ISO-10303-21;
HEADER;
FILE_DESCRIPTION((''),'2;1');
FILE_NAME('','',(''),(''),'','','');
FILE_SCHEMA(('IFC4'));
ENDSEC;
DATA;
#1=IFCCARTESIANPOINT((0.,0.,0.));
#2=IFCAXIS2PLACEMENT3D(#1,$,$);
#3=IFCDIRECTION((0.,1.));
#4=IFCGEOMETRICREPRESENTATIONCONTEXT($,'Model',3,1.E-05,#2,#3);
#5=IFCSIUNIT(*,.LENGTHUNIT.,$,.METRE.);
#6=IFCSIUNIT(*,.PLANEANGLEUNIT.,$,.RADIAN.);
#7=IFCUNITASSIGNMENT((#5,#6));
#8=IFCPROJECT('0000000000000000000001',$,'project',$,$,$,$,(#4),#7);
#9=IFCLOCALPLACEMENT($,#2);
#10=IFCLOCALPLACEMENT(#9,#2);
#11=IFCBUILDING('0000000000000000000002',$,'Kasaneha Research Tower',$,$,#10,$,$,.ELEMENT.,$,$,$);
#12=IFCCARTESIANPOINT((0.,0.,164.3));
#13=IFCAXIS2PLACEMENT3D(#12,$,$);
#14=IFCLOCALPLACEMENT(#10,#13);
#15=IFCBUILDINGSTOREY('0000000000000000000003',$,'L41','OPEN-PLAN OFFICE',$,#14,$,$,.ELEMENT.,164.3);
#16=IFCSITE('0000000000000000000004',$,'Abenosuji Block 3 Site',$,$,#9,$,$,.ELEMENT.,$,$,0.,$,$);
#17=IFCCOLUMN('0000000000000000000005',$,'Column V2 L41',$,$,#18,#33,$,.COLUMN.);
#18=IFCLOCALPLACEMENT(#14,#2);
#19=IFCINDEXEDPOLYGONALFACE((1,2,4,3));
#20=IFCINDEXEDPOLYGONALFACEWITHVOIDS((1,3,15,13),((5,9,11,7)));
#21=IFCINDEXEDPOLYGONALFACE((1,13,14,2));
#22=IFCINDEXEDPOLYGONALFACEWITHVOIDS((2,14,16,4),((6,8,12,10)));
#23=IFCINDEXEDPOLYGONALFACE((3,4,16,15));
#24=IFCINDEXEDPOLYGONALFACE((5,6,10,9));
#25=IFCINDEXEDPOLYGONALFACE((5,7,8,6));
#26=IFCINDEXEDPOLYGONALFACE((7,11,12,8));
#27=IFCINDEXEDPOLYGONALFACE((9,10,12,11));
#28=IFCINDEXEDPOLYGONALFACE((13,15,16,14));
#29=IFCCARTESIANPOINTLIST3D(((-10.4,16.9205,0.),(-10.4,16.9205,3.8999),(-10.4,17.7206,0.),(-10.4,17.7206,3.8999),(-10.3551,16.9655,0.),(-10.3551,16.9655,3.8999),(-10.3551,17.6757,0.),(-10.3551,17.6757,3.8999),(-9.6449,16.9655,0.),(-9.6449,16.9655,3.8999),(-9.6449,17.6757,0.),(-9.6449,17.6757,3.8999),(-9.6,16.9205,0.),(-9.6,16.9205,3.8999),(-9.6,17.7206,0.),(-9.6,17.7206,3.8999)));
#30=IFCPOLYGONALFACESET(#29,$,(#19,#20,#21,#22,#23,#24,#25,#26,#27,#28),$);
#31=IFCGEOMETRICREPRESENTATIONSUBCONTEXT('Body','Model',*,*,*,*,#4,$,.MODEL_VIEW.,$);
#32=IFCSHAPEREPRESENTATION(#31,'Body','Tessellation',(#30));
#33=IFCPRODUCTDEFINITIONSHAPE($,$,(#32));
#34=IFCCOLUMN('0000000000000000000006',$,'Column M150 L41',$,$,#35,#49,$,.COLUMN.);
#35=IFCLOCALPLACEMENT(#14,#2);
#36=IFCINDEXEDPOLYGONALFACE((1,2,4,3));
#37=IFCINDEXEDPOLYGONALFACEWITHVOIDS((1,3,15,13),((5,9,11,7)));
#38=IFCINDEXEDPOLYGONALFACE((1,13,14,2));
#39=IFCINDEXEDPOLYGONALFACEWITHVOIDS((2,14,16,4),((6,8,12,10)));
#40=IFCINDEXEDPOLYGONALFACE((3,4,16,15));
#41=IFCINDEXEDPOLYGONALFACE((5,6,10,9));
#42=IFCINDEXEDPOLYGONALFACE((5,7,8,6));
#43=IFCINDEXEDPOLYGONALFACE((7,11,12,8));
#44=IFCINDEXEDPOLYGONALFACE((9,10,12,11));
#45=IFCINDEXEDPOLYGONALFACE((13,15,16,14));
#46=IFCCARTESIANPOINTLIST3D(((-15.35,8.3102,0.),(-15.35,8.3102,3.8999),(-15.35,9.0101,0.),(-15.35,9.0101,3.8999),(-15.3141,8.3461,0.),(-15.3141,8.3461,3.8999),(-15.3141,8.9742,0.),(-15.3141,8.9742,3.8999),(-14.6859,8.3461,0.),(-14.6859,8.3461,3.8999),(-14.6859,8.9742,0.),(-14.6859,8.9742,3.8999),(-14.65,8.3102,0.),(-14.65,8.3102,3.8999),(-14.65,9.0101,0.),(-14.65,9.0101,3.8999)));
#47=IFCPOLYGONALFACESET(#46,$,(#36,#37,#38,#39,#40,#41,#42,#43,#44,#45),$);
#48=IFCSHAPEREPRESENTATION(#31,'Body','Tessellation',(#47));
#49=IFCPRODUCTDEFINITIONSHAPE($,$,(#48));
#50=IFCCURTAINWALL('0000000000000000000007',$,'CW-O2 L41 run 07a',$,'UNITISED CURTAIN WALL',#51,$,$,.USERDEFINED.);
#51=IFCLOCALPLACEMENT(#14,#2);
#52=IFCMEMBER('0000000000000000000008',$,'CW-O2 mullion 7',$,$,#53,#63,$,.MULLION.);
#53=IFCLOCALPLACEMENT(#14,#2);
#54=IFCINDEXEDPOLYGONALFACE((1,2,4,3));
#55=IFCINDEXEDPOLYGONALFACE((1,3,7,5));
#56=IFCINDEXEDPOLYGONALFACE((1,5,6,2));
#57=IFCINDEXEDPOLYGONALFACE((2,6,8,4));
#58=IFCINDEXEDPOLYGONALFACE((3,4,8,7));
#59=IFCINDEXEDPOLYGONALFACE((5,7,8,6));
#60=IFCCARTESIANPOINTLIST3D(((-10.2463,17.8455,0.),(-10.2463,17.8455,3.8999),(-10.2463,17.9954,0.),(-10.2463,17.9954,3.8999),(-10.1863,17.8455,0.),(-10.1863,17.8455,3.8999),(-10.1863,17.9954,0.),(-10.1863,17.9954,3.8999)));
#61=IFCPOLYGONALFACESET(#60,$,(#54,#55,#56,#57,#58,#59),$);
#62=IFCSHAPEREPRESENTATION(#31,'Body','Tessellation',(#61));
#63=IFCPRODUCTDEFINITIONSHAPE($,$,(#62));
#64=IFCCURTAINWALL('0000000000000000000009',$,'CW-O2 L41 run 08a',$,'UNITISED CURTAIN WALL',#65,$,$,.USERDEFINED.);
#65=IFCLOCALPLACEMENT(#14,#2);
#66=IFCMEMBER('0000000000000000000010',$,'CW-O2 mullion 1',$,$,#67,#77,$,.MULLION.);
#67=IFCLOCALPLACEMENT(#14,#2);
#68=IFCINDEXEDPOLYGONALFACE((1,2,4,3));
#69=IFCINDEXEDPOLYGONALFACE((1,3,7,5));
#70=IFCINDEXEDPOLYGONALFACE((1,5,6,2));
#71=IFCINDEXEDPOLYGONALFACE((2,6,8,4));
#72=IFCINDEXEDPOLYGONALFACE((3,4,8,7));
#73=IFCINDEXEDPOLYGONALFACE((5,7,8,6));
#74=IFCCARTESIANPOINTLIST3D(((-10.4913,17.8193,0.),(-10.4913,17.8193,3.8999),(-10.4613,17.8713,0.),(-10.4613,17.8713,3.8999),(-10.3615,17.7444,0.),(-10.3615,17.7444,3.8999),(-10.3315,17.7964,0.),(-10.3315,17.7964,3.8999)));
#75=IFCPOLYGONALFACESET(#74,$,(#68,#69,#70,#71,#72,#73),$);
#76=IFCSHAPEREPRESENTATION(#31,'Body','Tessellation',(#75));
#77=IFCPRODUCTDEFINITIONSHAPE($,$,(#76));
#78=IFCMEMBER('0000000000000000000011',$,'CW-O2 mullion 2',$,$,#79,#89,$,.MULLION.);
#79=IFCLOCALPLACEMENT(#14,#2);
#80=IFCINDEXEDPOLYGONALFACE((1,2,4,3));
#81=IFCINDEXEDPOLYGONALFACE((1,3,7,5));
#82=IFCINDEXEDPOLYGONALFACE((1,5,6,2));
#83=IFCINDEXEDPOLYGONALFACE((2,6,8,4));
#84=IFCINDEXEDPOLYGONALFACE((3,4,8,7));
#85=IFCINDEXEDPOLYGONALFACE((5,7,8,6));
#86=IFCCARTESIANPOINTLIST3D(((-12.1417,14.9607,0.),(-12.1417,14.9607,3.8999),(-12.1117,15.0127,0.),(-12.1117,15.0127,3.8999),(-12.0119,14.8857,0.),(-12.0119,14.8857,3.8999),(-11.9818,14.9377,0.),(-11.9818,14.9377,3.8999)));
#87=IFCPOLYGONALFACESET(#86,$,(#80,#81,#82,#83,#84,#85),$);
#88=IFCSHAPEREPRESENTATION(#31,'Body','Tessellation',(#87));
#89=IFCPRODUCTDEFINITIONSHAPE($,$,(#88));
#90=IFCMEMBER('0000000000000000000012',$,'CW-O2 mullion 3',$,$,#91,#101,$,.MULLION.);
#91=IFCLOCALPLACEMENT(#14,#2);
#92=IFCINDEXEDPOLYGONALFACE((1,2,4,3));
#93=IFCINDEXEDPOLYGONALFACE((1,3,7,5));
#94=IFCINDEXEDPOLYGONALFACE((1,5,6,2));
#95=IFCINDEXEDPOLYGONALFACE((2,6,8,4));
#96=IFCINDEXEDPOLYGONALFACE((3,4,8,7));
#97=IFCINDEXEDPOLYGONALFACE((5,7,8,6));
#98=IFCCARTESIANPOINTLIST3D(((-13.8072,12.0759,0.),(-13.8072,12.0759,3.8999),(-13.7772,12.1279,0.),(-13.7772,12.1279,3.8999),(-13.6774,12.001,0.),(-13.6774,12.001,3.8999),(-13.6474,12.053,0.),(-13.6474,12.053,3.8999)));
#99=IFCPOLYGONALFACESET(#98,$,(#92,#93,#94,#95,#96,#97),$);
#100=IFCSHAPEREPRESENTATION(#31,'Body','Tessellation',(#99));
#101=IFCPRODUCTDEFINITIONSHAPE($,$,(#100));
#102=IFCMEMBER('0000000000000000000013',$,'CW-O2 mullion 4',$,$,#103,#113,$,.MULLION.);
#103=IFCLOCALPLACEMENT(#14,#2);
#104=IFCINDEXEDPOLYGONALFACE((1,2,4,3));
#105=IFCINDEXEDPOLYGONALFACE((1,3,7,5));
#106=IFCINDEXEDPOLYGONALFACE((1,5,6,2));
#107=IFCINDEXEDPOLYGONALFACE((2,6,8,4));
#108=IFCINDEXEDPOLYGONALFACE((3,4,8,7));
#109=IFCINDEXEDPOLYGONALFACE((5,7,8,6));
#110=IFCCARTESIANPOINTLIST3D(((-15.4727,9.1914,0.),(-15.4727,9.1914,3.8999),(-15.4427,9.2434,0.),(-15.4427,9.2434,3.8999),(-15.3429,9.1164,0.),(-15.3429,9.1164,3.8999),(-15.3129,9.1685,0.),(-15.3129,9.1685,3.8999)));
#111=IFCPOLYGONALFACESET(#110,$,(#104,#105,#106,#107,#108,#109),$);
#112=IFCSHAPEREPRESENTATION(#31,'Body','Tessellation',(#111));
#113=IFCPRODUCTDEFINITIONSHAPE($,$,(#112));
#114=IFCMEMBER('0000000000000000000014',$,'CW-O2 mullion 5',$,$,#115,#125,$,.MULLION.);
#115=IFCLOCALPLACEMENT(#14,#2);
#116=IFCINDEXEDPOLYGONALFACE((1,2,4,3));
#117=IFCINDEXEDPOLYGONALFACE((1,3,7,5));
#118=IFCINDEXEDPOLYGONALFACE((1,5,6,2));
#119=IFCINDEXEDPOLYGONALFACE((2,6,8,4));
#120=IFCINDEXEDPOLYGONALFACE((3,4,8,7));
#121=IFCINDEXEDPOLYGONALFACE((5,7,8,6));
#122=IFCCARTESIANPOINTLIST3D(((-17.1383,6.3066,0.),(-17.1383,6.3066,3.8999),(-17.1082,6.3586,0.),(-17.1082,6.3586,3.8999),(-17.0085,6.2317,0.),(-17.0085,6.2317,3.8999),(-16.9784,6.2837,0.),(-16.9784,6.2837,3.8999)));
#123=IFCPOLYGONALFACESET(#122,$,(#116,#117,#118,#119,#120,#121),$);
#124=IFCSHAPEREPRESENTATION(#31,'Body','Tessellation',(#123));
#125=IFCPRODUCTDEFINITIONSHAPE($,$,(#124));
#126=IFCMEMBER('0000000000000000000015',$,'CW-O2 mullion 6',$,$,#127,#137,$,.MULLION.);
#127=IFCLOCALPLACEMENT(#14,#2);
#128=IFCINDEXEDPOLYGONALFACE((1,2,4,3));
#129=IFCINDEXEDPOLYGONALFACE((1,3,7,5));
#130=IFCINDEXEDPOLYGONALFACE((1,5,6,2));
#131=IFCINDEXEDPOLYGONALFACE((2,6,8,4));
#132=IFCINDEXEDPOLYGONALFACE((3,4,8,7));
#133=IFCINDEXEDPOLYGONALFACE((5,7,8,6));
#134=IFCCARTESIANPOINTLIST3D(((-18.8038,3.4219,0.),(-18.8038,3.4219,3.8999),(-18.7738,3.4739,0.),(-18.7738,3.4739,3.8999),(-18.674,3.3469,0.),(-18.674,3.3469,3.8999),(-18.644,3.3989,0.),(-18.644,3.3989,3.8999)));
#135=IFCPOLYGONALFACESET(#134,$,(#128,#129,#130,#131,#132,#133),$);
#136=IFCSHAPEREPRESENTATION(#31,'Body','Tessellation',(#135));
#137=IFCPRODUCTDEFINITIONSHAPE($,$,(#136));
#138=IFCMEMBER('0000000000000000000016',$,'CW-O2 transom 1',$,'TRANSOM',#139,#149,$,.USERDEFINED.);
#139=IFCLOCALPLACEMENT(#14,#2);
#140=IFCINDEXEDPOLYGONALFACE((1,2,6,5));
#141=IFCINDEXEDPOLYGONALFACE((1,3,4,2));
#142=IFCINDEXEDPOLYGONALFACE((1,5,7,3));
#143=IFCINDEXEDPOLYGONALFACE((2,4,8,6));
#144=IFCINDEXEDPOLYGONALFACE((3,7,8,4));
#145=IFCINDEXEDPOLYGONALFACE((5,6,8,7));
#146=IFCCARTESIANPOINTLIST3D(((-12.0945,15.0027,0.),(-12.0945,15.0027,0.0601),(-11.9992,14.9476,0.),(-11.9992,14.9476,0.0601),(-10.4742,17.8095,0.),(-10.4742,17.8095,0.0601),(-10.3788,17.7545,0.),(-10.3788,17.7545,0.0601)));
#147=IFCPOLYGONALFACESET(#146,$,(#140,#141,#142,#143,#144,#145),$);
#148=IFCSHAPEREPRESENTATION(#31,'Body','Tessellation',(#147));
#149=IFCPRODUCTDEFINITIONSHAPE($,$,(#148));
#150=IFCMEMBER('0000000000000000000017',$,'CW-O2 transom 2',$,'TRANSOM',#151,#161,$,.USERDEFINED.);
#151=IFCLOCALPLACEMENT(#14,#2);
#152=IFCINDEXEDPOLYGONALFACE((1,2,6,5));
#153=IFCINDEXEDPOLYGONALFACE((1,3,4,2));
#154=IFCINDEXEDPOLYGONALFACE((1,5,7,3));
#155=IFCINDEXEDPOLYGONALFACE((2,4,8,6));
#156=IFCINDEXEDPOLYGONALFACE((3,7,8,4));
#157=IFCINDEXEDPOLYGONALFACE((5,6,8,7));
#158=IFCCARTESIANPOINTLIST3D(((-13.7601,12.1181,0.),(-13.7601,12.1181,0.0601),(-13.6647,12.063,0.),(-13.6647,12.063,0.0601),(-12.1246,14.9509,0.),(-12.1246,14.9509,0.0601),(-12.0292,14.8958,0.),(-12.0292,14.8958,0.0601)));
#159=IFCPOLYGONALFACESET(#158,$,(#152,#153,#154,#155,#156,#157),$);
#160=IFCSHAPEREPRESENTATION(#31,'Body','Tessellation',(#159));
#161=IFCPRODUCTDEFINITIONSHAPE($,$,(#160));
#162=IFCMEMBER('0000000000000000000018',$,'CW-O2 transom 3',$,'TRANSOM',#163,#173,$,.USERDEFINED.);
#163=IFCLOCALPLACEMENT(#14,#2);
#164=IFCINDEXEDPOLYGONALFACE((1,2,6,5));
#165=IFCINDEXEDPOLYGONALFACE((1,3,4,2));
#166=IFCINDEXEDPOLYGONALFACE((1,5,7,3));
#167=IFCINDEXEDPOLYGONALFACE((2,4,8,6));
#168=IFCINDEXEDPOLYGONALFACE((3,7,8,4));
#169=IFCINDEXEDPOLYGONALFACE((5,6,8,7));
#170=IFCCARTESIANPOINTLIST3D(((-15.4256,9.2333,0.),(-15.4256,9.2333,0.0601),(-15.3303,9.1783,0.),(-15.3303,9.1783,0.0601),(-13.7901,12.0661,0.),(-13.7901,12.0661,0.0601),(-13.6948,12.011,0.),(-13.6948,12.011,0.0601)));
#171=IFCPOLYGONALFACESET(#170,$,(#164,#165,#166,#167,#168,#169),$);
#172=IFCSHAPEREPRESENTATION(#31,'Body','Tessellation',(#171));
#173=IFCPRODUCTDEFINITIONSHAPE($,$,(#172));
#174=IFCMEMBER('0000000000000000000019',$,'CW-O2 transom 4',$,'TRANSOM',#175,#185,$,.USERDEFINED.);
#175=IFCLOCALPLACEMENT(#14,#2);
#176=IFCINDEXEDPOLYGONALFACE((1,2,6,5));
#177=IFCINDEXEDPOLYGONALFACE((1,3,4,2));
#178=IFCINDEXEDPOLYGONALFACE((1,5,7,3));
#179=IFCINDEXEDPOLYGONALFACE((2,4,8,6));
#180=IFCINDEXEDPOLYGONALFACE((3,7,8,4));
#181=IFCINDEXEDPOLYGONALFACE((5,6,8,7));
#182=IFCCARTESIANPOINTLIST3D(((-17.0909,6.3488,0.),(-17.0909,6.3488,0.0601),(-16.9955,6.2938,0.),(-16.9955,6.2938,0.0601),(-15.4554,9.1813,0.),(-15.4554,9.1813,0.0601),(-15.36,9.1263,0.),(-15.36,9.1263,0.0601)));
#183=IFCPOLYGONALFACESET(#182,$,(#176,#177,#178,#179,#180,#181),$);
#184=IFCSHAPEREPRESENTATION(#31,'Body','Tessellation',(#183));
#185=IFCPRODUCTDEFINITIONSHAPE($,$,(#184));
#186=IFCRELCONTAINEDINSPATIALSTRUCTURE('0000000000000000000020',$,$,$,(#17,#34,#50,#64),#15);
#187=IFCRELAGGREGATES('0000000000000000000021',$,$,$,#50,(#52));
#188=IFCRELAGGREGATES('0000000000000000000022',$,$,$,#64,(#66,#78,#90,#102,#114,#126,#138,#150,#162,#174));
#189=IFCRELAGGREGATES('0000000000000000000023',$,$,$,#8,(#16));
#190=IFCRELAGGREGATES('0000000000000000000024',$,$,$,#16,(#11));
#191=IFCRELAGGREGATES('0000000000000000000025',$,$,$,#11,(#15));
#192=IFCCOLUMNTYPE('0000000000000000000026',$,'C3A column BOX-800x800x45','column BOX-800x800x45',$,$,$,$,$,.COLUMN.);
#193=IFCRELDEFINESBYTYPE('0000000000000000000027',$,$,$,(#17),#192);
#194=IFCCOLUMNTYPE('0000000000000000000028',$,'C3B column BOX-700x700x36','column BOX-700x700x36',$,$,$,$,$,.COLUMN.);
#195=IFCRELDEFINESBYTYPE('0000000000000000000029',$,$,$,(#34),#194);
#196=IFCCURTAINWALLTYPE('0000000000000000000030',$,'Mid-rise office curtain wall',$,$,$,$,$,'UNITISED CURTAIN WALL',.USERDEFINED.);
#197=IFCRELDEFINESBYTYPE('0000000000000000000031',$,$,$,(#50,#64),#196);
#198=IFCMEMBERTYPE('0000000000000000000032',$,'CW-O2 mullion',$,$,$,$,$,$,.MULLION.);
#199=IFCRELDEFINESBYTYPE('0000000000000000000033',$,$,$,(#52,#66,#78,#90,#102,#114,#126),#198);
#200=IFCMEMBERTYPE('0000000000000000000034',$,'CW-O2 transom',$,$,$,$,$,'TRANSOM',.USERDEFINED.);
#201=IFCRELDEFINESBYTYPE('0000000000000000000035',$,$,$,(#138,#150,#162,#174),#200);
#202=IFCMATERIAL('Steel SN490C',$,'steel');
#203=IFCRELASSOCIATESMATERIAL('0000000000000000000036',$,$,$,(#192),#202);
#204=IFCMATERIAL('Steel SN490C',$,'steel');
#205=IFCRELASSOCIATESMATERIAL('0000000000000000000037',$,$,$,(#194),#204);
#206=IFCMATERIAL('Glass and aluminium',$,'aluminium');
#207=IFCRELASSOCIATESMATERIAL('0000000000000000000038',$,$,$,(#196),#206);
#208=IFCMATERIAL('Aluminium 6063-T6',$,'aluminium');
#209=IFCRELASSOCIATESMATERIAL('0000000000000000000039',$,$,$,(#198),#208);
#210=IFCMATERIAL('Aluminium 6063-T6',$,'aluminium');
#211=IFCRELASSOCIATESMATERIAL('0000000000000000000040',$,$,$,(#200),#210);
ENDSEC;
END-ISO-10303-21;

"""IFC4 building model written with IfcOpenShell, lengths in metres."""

from ifc_helpers import new_model, si_unit, direction, frame, origin, origin_2d, place, context, subcontext, project, spatial, rectangle, hollow_rectangle, extrude, material, material_profile, profile_set, type_object, element, aggregate, save


model = new_model("IFC4")

# Units and contexts
model_context = context("Model", 3, precision=1e-05, world=origin(), true_north=direction((0.0, 1.0)))
body_context = subcontext(model_context, "Body", "Model", "MODEL_VIEW")
ifc_project = project(units=[si_unit("LENGTHUNIT", "METRE"), si_unit("PLANEANGLEUNIT", "RADIAN")], contexts=[model_context])

# Site, building, storey
site_placement = place(None, origin())
site = spatial("IfcSite", under=ifc_project, at=site_placement, Name="Abenosuji Block 3 Site", CompositionType="ELEMENT", RefElevation=0.0)
building_placement = place(site_placement, origin())
building = spatial("IfcBuilding", under=site, at=building_placement, Name="Kasaneha Research Tower", CompositionType="ELEMENT")
storey_placement = place(building_placement, frame((0.0, 0.0, 164.3)))
storey = spatial("IfcBuildingStorey", under=building, at=storey_placement, Name="L41", Description="OPEN-PLAN OFFICE", CompositionType="ELEMENT", Elevation=164.3)

# Columns
ifc_material_1 = material(Name="Steel SN490C", Category="steel")
ifc_material_profile_1 = material_profile(ifc_material_1, hollow_rectangle(XDim=0.8, YDim=0.8, WallThickness=0.0449, at=origin_2d()), Name="BOX-800x800x45")
ifc_profile_set_1 = profile_set([ifc_material_profile_1], Name="Steel SN490C")
column_type_1 = type_object("IfcColumnType", Name="C3A column BOX-800x800x45", Description="column BOX-800x800x45", PredefinedType="COLUMN", material=ifc_profile_set_1)
column_1_placement = place(storey_placement, frame((-10.0, 17.3206, 0.0), z_axis=(0.0, 0.0, 1.0), x_axis=(1.0, 0.0, 0.0)))
element("IfcColumn", 1, at=column_1_placement, inside=storey, type_object=column_type_1, Name="Column V2 L41", PredefinedType="COLUMN", context=body_context, shape_type="SweptSolid", body=[
    extrude(hollow_rectangle(XDim=0.8, YDim=0.8, WallThickness=0.0449, at=origin_2d()), origin(), (0.0, 0.0, 1.0), 3.8999),
])
ifc_material_2 = material(Name="Steel SN490C", Category="steel")
ifc_material_profile_2 = material_profile(ifc_material_2, hollow_rectangle(XDim=0.7, YDim=0.7, WallThickness=0.0359, at=origin_2d()), Name="BOX-700x700x36")
ifc_profile_set_2 = profile_set([ifc_material_profile_2], Name="Steel SN490C")
column_type_2 = type_object("IfcColumnType", Name="C3B column BOX-700x700x36", Description="column BOX-700x700x36", PredefinedType="COLUMN", material=ifc_profile_set_2)
column_2_placement = place(storey_placement, frame((-15.0, 8.6602, 0.0), z_axis=(0.0, 0.0, 1.0), x_axis=(1.0, 0.0, 0.0)))
element("IfcColumn", 2, at=column_2_placement, inside=storey, type_object=column_type_2, Name="Column M150 L41", PredefinedType="COLUMN", context=body_context, shape_type="SweptSolid", body=[
    extrude(hollow_rectangle(XDim=0.7, YDim=0.7, WallThickness=0.0359, at=origin_2d()), origin(), (0.0, 0.0, 1.0), 3.8999),
])

# Curtain wall, member
ifc_material_3 = material(Name="Glass and aluminium", Category="aluminium")
curtain_wall_type = type_object("IfcCurtainWallType", Name="Mid-rise office curtain wall", ElementType="UNITISED CURTAIN WALL", PredefinedType="USERDEFINED", material=ifc_material_3)
curtain_wall_1_placement = place(storey_placement, origin())
curtain_wall_1 = element("IfcCurtainWall", 3, at=curtain_wall_1_placement, inside=storey, type_object=curtain_wall_type, Name="CW-O2 L41 run 07a", ObjectType="UNITISED CURTAIN WALL", PredefinedType="USERDEFINED")
ifc_material_4 = material(Name="Aluminium 6063-T6", Category="aluminium")
ifc_material_profile_3 = material_profile(ifc_material_4, rectangle(XDim=0.0601, YDim=0.1499, at=origin_2d()), Name="CW-O2 mullion 60x150")
ifc_profile_set_3 = profile_set([ifc_material_profile_3], Name="Aluminium 6063-T6")
member_type_1 = type_object("IfcMemberType", Name="CW-O2 mullion", PredefinedType="MULLION", material=ifc_profile_set_3)
member_1_placement = place(storey_placement, frame((-10.2163, 17.9204, 0.0), z_axis=(0.0, 0.0, 1.0), x_axis=(-1.0, 0.0, 0.0)))
member_1 = element("IfcMember", 4, at=member_1_placement, type_object=member_type_1, Name="CW-O2 mullion 7", PredefinedType="MULLION", context=body_context, shape_type="SweptSolid", body=[
    extrude(rectangle(XDim=0.0601, YDim=0.1499, at=origin_2d()), origin(), (0.0, 0.0, 1.0), 3.8999),
])
aggregate(curtain_wall_1, [member_1])

# Curtain wall, members
curtain_wall_2_placement = place(storey_placement, origin())
curtain_wall_2 = element("IfcCurtainWall", 5, at=curtain_wall_2_placement, inside=storey, type_object=curtain_wall_type, Name="CW-O2 L41 run 08a", ObjectType="UNITISED CURTAIN WALL", PredefinedType="USERDEFINED")
member_2_placement = place(storey_placement, frame((-10.4114, 17.8079, 0.0), z_axis=(0.0, 0.0, 1.0), x_axis=(-0.5, -0.866025, 0.0)))
member_2 = element("IfcMember", 6, at=member_2_placement, type_object=member_type_1, Name="CW-O2 mullion 1", PredefinedType="MULLION", context=body_context, shape_type="SweptSolid", body=[
    extrude(rectangle(XDim=0.0601, YDim=0.1499, at=origin_2d()), origin(), (0.0, 0.0, 1.0), 3.8999),
])
member_3_placement = place(storey_placement, frame((-12.0618, 14.9492, 0.0), z_axis=(0.0, 0.0, 1.0), x_axis=(-0.5, -0.866025, 0.0)))
member_3 = element("IfcMember", 7, at=member_3_placement, type_object=member_type_1, Name="CW-O2 mullion 2", PredefinedType="MULLION", context=body_context, shape_type="SweptSolid", body=[
    extrude(rectangle(XDim=0.0601, YDim=0.1499, at=origin_2d()), origin(), (0.0, 0.0, 1.0), 3.8999),
])
member_4_placement = place(storey_placement, frame((-13.7273, 12.0645, 0.0), z_axis=(0.0, 0.0, 1.0), x_axis=(-0.5, -0.866025, 0.0)))
member_4 = element("IfcMember", 8, at=member_4_placement, type_object=member_type_1, Name="CW-O2 mullion 3", PredefinedType="MULLION", context=body_context, shape_type="SweptSolid", body=[
    extrude(rectangle(XDim=0.0601, YDim=0.1499, at=origin_2d()), origin(), (0.0, 0.0, 1.0), 3.8999),
])
member_5_placement = place(storey_placement, frame((-15.3928, 9.1799, 0.0), z_axis=(0.0, 0.0, 1.0), x_axis=(-0.5, -0.866025, 0.0)))
member_5 = element("IfcMember", 9, at=member_5_placement, type_object=member_type_1, Name="CW-O2 mullion 4", PredefinedType="MULLION", context=body_context, shape_type="SweptSolid", body=[
    extrude(rectangle(XDim=0.0601, YDim=0.1499, at=origin_2d()), origin(), (0.0, 0.0, 1.0), 3.8999),
])
member_6_placement = place(storey_placement, frame((-17.0583, 6.2952, 0.0), z_axis=(0.0, 0.0, 1.0), x_axis=(-0.5, -0.866025, 0.0)))
member_6 = element("IfcMember", 10, at=member_6_placement, type_object=member_type_1, Name="CW-O2 mullion 5", PredefinedType="MULLION", context=body_context, shape_type="SweptSolid", body=[
    extrude(rectangle(XDim=0.0601, YDim=0.1499, at=origin_2d()), origin(), (0.0, 0.0, 1.0), 3.8999),
])
member_7_placement = place(storey_placement, frame((-18.7239, 3.4104, 0.0), z_axis=(0.0, 0.0, 1.0), x_axis=(-0.5, -0.866025, 0.0)))
member_7 = element("IfcMember", 11, at=member_7_placement, type_object=member_type_1, Name="CW-O2 mullion 6", PredefinedType="MULLION", context=body_context, shape_type="SweptSolid", body=[
    extrude(rectangle(XDim=0.0601, YDim=0.1499, at=origin_2d()), origin(), (0.0, 0.0, 1.0), 3.8999),
])
ifc_material_5 = material(Name="Aluminium 6063-T6", Category="aluminium")
ifc_material_profile_4 = material_profile(ifc_material_5, rectangle(XDim=0.1101, YDim=0.0601, at=origin_2d()), Name="CW-O2 transom 110x60")
ifc_profile_set_4 = profile_set([ifc_material_profile_4], Name="Aluminium 6063-T6")
member_type_2 = type_object("IfcMemberType", Name="CW-O2 transom", ElementType="TRANSOM", PredefinedType="USERDEFINED", material=ifc_profile_set_4)
member_8_placement = place(storey_placement, frame((-10.4265, 17.782, 0.03), z_axis=(-0.499955, -0.866051, 0.0), x_axis=(0.866051, -0.499955, 0.0)))
member_8 = element("IfcMember", 12, at=member_8_placement, type_object=member_type_2, Name="CW-O2 transom 1", ObjectType="TRANSOM", PredefinedType="USERDEFINED", context=body_context, shape_type="SweptSolid", body=[
    extrude(rectangle(XDim=0.1101, YDim=0.0601, at=origin_2d()), origin(), (0.0, 0.0, 1.0), 3.241),
])
member_9_placement = place(storey_placement, frame((-12.0769, 14.9233, 0.03), z_axis=(-0.5, -0.866025, 0.0), x_axis=(0.866025, -0.5, 0.0)))
member_9 = element("IfcMember", 13, at=member_9_placement, type_object=member_type_2, Name="CW-O2 transom 2", ObjectType="TRANSOM", PredefinedType="USERDEFINED", context=body_context, shape_type="SweptSolid", body=[
    extrude(rectangle(XDim=0.1101, YDim=0.0601, at=origin_2d()), origin(), (0.0, 0.0, 1.0), 3.271),
])
member_10_placement = place(storey_placement, frame((-13.7424, 12.0386, 0.03), z_axis=(-0.5, -0.866025, 0.0), x_axis=(0.866025, -0.5, 0.0)))
member_10 = element("IfcMember", 14, at=member_10_placement, type_object=member_type_2, Name="CW-O2 transom 3", ObjectType="TRANSOM", PredefinedType="USERDEFINED", context=body_context, shape_type="SweptSolid", body=[
    extrude(rectangle(XDim=0.1101, YDim=0.0601, at=origin_2d()), origin(), (0.0, 0.0, 1.0), 3.271),
])
member_11_placement = place(storey_placement, frame((-15.4077, 9.1538, 0.03), z_axis=(-0.500033, -0.866007, 0.0), x_axis=(0.866007, -0.500033, 0.0)))
member_11 = element("IfcMember", 15, at=member_11_placement, type_object=member_type_2, Name="CW-O2 transom 4", ObjectType="TRANSOM", PredefinedType="USERDEFINED", context=body_context, shape_type="SweptSolid", body=[
    extrude(rectangle(XDim=0.1101, YDim=0.0601, at=origin_2d()), origin(), (0.0, 0.0, 1.0), 3.2708),
])

aggregate(curtain_wall_2, [member_2, member_3, member_4, member_5, member_6, member_7, member_8, member_9, member_10, member_11])

save(model, "model.ifc")
